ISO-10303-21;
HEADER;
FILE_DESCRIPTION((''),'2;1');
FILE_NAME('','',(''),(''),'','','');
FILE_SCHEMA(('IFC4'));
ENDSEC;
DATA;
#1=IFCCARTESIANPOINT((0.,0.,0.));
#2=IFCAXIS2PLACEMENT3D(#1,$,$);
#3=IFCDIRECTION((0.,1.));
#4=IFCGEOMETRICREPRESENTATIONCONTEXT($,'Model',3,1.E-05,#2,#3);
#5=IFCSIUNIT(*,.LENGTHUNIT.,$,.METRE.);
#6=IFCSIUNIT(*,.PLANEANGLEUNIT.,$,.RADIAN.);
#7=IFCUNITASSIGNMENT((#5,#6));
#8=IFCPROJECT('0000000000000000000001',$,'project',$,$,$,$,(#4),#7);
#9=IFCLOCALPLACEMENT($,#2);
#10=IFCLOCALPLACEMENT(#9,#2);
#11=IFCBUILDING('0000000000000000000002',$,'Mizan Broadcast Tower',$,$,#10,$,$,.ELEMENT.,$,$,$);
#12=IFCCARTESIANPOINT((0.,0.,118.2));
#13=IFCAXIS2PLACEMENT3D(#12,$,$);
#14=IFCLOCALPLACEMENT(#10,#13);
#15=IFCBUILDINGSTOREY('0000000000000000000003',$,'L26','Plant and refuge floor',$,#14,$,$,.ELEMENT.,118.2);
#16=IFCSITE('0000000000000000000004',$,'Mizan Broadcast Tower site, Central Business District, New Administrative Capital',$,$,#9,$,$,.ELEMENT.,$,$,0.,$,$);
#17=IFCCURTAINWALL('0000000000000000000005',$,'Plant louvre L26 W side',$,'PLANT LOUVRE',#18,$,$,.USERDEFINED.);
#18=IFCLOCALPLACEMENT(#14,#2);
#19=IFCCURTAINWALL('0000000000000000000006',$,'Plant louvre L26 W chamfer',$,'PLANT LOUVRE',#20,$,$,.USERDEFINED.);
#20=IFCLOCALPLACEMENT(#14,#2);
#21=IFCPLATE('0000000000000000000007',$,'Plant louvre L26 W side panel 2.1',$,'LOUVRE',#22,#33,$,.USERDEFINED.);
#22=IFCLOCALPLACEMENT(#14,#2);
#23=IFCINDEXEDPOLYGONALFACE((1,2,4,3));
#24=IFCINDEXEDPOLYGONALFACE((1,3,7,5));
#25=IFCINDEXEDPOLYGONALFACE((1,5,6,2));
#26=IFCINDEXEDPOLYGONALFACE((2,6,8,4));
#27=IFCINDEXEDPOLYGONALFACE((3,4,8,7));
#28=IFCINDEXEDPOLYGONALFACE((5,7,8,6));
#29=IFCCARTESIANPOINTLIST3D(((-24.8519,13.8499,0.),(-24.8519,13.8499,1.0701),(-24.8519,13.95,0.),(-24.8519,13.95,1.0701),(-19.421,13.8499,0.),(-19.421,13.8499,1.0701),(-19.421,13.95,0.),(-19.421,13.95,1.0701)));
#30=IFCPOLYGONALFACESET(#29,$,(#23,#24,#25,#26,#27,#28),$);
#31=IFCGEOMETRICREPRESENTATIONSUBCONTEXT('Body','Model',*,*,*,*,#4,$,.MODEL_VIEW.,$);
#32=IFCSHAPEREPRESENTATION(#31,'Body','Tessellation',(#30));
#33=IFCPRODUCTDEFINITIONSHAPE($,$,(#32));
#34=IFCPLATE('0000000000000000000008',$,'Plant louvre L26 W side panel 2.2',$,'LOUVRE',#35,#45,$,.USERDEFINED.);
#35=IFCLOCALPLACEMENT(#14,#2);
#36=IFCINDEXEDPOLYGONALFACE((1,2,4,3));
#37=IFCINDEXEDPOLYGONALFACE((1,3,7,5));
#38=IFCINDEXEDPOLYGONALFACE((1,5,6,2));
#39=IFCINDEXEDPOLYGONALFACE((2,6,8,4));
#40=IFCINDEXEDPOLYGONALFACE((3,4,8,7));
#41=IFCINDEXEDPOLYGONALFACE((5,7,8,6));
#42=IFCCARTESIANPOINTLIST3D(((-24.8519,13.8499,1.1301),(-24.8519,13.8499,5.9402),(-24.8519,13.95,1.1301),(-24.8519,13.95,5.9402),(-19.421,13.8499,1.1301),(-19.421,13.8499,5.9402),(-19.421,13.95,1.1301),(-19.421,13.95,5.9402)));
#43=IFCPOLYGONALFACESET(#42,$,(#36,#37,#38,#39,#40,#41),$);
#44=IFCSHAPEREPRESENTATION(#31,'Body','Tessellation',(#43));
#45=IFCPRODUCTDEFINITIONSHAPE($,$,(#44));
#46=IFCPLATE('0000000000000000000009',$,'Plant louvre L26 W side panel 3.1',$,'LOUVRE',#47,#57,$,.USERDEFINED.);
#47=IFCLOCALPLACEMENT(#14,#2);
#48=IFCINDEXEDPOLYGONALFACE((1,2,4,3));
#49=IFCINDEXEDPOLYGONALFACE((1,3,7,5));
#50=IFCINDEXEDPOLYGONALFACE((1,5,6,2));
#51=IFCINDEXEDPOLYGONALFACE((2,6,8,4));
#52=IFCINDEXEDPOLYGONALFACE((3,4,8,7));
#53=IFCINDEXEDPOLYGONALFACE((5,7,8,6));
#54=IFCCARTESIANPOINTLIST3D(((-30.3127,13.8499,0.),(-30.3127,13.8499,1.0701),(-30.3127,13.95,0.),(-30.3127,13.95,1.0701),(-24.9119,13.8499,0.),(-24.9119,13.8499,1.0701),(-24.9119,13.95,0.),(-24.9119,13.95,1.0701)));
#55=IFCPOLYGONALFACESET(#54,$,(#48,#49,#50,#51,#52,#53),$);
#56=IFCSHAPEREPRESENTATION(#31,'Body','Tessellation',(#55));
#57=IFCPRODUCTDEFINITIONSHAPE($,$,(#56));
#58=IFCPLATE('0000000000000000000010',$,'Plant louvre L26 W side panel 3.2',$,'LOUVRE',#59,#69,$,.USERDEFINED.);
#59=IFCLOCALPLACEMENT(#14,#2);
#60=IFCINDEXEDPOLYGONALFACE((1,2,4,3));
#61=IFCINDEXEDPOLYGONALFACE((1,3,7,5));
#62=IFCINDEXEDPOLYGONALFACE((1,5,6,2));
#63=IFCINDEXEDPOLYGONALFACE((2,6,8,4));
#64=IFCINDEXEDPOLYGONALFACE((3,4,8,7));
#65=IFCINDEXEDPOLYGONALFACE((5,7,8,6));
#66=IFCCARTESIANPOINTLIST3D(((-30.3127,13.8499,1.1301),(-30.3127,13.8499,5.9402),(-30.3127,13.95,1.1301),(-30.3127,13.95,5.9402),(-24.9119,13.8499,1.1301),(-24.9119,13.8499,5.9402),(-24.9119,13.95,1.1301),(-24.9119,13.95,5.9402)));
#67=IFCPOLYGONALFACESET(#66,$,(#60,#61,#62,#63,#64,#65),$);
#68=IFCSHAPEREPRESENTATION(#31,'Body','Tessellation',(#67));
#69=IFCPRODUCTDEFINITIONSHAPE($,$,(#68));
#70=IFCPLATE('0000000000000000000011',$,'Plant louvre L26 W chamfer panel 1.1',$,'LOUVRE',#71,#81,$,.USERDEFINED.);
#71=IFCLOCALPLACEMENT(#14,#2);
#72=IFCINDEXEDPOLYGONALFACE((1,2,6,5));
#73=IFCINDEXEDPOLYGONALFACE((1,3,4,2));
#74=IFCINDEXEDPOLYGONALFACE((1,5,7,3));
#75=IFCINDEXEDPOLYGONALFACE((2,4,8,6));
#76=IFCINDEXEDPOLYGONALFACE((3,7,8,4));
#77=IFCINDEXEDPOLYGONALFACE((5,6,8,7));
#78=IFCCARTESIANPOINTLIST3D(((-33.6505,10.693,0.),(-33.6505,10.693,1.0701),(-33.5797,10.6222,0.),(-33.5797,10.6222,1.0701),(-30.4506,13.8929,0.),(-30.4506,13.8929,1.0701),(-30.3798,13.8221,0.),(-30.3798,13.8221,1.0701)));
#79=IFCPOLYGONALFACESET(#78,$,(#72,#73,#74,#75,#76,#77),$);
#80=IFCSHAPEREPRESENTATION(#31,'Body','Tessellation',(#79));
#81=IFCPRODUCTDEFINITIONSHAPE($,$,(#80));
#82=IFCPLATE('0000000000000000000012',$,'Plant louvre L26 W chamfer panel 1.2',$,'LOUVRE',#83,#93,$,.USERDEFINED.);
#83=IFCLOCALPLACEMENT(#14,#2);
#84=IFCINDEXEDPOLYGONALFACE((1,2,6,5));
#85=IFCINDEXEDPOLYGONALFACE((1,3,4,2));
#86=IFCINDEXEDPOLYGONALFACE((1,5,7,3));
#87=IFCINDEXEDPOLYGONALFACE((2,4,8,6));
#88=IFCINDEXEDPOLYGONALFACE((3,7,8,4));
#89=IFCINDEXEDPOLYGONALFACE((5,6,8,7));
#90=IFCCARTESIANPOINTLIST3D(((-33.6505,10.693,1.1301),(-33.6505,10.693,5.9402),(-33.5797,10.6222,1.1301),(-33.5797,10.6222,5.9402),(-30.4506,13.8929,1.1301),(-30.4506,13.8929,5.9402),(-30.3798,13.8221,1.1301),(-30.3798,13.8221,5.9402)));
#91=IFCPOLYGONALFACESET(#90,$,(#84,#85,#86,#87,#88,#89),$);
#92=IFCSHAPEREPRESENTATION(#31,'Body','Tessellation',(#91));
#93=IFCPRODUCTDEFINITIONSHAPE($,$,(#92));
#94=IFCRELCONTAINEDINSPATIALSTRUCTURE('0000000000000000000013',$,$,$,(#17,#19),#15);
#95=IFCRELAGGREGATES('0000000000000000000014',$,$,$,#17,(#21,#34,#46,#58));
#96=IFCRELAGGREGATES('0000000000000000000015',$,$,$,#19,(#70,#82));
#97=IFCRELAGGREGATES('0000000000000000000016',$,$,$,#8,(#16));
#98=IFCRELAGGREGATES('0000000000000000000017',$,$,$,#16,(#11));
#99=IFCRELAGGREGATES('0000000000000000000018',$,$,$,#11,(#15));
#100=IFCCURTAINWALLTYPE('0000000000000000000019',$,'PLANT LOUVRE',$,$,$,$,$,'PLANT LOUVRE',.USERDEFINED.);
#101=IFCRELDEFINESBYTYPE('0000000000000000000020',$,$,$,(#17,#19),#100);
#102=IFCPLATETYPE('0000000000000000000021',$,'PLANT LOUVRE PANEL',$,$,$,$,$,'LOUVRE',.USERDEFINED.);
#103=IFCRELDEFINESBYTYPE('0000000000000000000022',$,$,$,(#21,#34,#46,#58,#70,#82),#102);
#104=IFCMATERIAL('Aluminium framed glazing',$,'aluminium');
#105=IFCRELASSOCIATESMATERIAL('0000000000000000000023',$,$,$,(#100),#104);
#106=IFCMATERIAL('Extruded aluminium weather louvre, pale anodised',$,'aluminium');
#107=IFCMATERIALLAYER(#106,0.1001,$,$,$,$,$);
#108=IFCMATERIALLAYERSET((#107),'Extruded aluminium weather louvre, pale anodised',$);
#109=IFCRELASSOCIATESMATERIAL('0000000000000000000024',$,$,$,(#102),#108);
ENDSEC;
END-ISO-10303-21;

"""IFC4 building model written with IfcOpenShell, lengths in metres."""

from ifc_helpers import new_model, si_unit, direction, frame, origin, origin_2d, place, context, subcontext, project, spatial, rectangle, extrude, material, layer, layer_set, type_object, element, aggregate, save


model = new_model("IFC4")

# Units and contexts
model_context = context("Model", 3, precision=1e-05, world=origin(), true_north=direction((0.0, 1.0)))
body_context = subcontext(model_context, "Body", "Model", "MODEL_VIEW")
ifc_project = project(units=[si_unit("LENGTHUNIT", "METRE"), si_unit("PLANEANGLEUNIT", "RADIAN")], contexts=[model_context])

# Site, building, storey
site_placement = place(None, origin())
site = spatial("IfcSite", under=ifc_project, at=site_placement, Name="Mizan Broadcast Tower site, Central Business District, New Administrative Capital", CompositionType="ELEMENT", RefElevation=0.0)
building_placement = place(site_placement, origin())
building = spatial("IfcBuilding", under=site, at=building_placement, Name="Mizan Broadcast Tower", CompositionType="ELEMENT")
storey_placement = place(building_placement, frame((0.0, 0.0, 118.2)))
storey = spatial("IfcBuildingStorey", under=building, at=storey_placement, Name="L26", Description="Plant and refuge floor", CompositionType="ELEMENT", Elevation=118.2)

# Curtain wall
ifc_material_1 = material(Name="Aluminium framed glazing", Category="aluminium")
curtain_wall_type = type_object("IfcCurtainWallType", Name="PLANT LOUVRE", ElementType="PLANT LOUVRE", PredefinedType="USERDEFINED", material=ifc_material_1)
curtain_wall_1_placement = place(storey_placement, origin())
curtain_wall_1 = element("IfcCurtainWall", 1, at=curtain_wall_1_placement, inside=storey, type_object=curtain_wall_type, Name="Plant louvre L26 W side", ObjectType="PLANT LOUVRE", PredefinedType="USERDEFINED")

# Curtain wall
curtain_wall_2_placement = place(storey_placement, origin())
curtain_wall_2 = element("IfcCurtainWall", 2, at=curtain_wall_2_placement, inside=storey, type_object=curtain_wall_type, Name="Plant louvre L26 W chamfer", ObjectType="PLANT LOUVRE", PredefinedType="USERDEFINED")

# Plates
ifc_material_2 = material(Name="Extruded aluminium weather louvre, pale anodised", Category="aluminium")
ifc_layer = layer(ifc_material_2, 0.1001)
ifc_layer_set = layer_set([ifc_layer], Name="Extruded aluminium weather louvre, pale anodised")
plate_type = type_object("IfcPlateType", Name="PLANT LOUVRE PANEL", ElementType="LOUVRE", PredefinedType="USERDEFINED", material=ifc_layer_set)
plate_1_placement = place(storey_placement, frame((-22.1365, 13.8999, 0.0), z_axis=(0.0, 0.0, 1.0), x_axis=(-1.0, 0.0, 0.0)))
plate_1 = element("IfcPlate", 3, at=plate_1_placement, type_object=plate_type, Name="Plant louvre L26 W side panel 2.1", ObjectType="LOUVRE", PredefinedType="USERDEFINED", context=body_context, shape_type="SweptSolid", body=[
    extrude(rectangle(XDim=5.4309, YDim=0.1001, at=origin_2d()), origin(), (0.0, 0.0, 1.0), 1.0701),
])
plate_2_placement = place(storey_placement, frame((-22.1365, 13.8999, 1.1301), z_axis=(0.0, 0.0, 1.0), x_axis=(-1.0, 0.0, 0.0)))
plate_2 = element("IfcPlate", 4, at=plate_2_placement, type_object=plate_type, Name="Plant louvre L26 W side panel 2.2", ObjectType="LOUVRE", PredefinedType="USERDEFINED", context=body_context, shape_type="SweptSolid", body=[
    extrude(rectangle(XDim=5.4309, YDim=0.1001, at=origin_2d()), origin(), (0.0, 0.0, 1.0), 4.8101),
])
plate_3_placement = place(storey_placement, frame((-27.6123, 13.8999, 0.0), z_axis=(0.0, 0.0, 1.0), x_axis=(-1.0, 0.0, 0.0)))
plate_3 = element("IfcPlate", 5, at=plate_3_placement, type_object=plate_type, Name="Plant louvre L26 W side panel 3.1", ObjectType="LOUVRE", PredefinedType="USERDEFINED", context=body_context, shape_type="SweptSolid", body=[
    extrude(rectangle(XDim=5.4009, YDim=0.1001, at=origin_2d()), origin(), (0.0, 0.0, 1.0), 1.0701),
])
plate_4_placement = place(storey_placement, frame((-27.6123, 13.8999, 1.1301), z_axis=(0.0, 0.0, 1.0), x_axis=(-1.0, 0.0, 0.0)))
plate_4 = element("IfcPlate", 6, at=plate_4_placement, type_object=plate_type, Name="Plant louvre L26 W side panel 3.2", ObjectType="LOUVRE", PredefinedType="USERDEFINED", context=body_context, shape_type="SweptSolid", body=[
    extrude(rectangle(XDim=5.4009, YDim=0.1001, at=origin_2d()), origin(), (0.0, 0.0, 1.0), 4.8101),
])
aggregate(curtain_wall_1, [plate_1, plate_2, plate_3, plate_4])
plate_5_placement = place(storey_placement, frame((-32.0151, 12.2576, 0.0), z_axis=(0.0, 0.0, 1.0), x_axis=(-0.707107, -0.707107, 0.0)))
plate_5 = element("IfcPlate", 7, at=plate_5_placement, type_object=plate_type, Name="Plant louvre L26 W chamfer panel 1.1", ObjectType="LOUVRE", PredefinedType="USERDEFINED", context=body_context, shape_type="SweptSolid", body=[
    extrude(rectangle(XDim=4.5254, YDim=0.1001, at=origin_2d()), origin(), (0.0, 0.0, 1.0), 1.0701),
])
plate_6_placement = place(storey_placement, frame((-32.0151, 12.2576, 1.1301), z_axis=(0.0, 0.0, 1.0), x_axis=(-0.707107, -0.707107, 0.0)))
plate_6 = element("IfcPlate", 8, at=plate_6_placement, type_object=plate_type, Name="Plant louvre L26 W chamfer panel 1.2", ObjectType="LOUVRE", PredefinedType="USERDEFINED", context=body_context, shape_type="SweptSolid", body=[
    extrude(rectangle(XDim=4.5254, YDim=0.1001, at=origin_2d()), origin(), (0.0, 0.0, 1.0), 4.8101),
])
aggregate(curtain_wall_2, [plate_5, plate_6])

save(model, "model.ifc")
